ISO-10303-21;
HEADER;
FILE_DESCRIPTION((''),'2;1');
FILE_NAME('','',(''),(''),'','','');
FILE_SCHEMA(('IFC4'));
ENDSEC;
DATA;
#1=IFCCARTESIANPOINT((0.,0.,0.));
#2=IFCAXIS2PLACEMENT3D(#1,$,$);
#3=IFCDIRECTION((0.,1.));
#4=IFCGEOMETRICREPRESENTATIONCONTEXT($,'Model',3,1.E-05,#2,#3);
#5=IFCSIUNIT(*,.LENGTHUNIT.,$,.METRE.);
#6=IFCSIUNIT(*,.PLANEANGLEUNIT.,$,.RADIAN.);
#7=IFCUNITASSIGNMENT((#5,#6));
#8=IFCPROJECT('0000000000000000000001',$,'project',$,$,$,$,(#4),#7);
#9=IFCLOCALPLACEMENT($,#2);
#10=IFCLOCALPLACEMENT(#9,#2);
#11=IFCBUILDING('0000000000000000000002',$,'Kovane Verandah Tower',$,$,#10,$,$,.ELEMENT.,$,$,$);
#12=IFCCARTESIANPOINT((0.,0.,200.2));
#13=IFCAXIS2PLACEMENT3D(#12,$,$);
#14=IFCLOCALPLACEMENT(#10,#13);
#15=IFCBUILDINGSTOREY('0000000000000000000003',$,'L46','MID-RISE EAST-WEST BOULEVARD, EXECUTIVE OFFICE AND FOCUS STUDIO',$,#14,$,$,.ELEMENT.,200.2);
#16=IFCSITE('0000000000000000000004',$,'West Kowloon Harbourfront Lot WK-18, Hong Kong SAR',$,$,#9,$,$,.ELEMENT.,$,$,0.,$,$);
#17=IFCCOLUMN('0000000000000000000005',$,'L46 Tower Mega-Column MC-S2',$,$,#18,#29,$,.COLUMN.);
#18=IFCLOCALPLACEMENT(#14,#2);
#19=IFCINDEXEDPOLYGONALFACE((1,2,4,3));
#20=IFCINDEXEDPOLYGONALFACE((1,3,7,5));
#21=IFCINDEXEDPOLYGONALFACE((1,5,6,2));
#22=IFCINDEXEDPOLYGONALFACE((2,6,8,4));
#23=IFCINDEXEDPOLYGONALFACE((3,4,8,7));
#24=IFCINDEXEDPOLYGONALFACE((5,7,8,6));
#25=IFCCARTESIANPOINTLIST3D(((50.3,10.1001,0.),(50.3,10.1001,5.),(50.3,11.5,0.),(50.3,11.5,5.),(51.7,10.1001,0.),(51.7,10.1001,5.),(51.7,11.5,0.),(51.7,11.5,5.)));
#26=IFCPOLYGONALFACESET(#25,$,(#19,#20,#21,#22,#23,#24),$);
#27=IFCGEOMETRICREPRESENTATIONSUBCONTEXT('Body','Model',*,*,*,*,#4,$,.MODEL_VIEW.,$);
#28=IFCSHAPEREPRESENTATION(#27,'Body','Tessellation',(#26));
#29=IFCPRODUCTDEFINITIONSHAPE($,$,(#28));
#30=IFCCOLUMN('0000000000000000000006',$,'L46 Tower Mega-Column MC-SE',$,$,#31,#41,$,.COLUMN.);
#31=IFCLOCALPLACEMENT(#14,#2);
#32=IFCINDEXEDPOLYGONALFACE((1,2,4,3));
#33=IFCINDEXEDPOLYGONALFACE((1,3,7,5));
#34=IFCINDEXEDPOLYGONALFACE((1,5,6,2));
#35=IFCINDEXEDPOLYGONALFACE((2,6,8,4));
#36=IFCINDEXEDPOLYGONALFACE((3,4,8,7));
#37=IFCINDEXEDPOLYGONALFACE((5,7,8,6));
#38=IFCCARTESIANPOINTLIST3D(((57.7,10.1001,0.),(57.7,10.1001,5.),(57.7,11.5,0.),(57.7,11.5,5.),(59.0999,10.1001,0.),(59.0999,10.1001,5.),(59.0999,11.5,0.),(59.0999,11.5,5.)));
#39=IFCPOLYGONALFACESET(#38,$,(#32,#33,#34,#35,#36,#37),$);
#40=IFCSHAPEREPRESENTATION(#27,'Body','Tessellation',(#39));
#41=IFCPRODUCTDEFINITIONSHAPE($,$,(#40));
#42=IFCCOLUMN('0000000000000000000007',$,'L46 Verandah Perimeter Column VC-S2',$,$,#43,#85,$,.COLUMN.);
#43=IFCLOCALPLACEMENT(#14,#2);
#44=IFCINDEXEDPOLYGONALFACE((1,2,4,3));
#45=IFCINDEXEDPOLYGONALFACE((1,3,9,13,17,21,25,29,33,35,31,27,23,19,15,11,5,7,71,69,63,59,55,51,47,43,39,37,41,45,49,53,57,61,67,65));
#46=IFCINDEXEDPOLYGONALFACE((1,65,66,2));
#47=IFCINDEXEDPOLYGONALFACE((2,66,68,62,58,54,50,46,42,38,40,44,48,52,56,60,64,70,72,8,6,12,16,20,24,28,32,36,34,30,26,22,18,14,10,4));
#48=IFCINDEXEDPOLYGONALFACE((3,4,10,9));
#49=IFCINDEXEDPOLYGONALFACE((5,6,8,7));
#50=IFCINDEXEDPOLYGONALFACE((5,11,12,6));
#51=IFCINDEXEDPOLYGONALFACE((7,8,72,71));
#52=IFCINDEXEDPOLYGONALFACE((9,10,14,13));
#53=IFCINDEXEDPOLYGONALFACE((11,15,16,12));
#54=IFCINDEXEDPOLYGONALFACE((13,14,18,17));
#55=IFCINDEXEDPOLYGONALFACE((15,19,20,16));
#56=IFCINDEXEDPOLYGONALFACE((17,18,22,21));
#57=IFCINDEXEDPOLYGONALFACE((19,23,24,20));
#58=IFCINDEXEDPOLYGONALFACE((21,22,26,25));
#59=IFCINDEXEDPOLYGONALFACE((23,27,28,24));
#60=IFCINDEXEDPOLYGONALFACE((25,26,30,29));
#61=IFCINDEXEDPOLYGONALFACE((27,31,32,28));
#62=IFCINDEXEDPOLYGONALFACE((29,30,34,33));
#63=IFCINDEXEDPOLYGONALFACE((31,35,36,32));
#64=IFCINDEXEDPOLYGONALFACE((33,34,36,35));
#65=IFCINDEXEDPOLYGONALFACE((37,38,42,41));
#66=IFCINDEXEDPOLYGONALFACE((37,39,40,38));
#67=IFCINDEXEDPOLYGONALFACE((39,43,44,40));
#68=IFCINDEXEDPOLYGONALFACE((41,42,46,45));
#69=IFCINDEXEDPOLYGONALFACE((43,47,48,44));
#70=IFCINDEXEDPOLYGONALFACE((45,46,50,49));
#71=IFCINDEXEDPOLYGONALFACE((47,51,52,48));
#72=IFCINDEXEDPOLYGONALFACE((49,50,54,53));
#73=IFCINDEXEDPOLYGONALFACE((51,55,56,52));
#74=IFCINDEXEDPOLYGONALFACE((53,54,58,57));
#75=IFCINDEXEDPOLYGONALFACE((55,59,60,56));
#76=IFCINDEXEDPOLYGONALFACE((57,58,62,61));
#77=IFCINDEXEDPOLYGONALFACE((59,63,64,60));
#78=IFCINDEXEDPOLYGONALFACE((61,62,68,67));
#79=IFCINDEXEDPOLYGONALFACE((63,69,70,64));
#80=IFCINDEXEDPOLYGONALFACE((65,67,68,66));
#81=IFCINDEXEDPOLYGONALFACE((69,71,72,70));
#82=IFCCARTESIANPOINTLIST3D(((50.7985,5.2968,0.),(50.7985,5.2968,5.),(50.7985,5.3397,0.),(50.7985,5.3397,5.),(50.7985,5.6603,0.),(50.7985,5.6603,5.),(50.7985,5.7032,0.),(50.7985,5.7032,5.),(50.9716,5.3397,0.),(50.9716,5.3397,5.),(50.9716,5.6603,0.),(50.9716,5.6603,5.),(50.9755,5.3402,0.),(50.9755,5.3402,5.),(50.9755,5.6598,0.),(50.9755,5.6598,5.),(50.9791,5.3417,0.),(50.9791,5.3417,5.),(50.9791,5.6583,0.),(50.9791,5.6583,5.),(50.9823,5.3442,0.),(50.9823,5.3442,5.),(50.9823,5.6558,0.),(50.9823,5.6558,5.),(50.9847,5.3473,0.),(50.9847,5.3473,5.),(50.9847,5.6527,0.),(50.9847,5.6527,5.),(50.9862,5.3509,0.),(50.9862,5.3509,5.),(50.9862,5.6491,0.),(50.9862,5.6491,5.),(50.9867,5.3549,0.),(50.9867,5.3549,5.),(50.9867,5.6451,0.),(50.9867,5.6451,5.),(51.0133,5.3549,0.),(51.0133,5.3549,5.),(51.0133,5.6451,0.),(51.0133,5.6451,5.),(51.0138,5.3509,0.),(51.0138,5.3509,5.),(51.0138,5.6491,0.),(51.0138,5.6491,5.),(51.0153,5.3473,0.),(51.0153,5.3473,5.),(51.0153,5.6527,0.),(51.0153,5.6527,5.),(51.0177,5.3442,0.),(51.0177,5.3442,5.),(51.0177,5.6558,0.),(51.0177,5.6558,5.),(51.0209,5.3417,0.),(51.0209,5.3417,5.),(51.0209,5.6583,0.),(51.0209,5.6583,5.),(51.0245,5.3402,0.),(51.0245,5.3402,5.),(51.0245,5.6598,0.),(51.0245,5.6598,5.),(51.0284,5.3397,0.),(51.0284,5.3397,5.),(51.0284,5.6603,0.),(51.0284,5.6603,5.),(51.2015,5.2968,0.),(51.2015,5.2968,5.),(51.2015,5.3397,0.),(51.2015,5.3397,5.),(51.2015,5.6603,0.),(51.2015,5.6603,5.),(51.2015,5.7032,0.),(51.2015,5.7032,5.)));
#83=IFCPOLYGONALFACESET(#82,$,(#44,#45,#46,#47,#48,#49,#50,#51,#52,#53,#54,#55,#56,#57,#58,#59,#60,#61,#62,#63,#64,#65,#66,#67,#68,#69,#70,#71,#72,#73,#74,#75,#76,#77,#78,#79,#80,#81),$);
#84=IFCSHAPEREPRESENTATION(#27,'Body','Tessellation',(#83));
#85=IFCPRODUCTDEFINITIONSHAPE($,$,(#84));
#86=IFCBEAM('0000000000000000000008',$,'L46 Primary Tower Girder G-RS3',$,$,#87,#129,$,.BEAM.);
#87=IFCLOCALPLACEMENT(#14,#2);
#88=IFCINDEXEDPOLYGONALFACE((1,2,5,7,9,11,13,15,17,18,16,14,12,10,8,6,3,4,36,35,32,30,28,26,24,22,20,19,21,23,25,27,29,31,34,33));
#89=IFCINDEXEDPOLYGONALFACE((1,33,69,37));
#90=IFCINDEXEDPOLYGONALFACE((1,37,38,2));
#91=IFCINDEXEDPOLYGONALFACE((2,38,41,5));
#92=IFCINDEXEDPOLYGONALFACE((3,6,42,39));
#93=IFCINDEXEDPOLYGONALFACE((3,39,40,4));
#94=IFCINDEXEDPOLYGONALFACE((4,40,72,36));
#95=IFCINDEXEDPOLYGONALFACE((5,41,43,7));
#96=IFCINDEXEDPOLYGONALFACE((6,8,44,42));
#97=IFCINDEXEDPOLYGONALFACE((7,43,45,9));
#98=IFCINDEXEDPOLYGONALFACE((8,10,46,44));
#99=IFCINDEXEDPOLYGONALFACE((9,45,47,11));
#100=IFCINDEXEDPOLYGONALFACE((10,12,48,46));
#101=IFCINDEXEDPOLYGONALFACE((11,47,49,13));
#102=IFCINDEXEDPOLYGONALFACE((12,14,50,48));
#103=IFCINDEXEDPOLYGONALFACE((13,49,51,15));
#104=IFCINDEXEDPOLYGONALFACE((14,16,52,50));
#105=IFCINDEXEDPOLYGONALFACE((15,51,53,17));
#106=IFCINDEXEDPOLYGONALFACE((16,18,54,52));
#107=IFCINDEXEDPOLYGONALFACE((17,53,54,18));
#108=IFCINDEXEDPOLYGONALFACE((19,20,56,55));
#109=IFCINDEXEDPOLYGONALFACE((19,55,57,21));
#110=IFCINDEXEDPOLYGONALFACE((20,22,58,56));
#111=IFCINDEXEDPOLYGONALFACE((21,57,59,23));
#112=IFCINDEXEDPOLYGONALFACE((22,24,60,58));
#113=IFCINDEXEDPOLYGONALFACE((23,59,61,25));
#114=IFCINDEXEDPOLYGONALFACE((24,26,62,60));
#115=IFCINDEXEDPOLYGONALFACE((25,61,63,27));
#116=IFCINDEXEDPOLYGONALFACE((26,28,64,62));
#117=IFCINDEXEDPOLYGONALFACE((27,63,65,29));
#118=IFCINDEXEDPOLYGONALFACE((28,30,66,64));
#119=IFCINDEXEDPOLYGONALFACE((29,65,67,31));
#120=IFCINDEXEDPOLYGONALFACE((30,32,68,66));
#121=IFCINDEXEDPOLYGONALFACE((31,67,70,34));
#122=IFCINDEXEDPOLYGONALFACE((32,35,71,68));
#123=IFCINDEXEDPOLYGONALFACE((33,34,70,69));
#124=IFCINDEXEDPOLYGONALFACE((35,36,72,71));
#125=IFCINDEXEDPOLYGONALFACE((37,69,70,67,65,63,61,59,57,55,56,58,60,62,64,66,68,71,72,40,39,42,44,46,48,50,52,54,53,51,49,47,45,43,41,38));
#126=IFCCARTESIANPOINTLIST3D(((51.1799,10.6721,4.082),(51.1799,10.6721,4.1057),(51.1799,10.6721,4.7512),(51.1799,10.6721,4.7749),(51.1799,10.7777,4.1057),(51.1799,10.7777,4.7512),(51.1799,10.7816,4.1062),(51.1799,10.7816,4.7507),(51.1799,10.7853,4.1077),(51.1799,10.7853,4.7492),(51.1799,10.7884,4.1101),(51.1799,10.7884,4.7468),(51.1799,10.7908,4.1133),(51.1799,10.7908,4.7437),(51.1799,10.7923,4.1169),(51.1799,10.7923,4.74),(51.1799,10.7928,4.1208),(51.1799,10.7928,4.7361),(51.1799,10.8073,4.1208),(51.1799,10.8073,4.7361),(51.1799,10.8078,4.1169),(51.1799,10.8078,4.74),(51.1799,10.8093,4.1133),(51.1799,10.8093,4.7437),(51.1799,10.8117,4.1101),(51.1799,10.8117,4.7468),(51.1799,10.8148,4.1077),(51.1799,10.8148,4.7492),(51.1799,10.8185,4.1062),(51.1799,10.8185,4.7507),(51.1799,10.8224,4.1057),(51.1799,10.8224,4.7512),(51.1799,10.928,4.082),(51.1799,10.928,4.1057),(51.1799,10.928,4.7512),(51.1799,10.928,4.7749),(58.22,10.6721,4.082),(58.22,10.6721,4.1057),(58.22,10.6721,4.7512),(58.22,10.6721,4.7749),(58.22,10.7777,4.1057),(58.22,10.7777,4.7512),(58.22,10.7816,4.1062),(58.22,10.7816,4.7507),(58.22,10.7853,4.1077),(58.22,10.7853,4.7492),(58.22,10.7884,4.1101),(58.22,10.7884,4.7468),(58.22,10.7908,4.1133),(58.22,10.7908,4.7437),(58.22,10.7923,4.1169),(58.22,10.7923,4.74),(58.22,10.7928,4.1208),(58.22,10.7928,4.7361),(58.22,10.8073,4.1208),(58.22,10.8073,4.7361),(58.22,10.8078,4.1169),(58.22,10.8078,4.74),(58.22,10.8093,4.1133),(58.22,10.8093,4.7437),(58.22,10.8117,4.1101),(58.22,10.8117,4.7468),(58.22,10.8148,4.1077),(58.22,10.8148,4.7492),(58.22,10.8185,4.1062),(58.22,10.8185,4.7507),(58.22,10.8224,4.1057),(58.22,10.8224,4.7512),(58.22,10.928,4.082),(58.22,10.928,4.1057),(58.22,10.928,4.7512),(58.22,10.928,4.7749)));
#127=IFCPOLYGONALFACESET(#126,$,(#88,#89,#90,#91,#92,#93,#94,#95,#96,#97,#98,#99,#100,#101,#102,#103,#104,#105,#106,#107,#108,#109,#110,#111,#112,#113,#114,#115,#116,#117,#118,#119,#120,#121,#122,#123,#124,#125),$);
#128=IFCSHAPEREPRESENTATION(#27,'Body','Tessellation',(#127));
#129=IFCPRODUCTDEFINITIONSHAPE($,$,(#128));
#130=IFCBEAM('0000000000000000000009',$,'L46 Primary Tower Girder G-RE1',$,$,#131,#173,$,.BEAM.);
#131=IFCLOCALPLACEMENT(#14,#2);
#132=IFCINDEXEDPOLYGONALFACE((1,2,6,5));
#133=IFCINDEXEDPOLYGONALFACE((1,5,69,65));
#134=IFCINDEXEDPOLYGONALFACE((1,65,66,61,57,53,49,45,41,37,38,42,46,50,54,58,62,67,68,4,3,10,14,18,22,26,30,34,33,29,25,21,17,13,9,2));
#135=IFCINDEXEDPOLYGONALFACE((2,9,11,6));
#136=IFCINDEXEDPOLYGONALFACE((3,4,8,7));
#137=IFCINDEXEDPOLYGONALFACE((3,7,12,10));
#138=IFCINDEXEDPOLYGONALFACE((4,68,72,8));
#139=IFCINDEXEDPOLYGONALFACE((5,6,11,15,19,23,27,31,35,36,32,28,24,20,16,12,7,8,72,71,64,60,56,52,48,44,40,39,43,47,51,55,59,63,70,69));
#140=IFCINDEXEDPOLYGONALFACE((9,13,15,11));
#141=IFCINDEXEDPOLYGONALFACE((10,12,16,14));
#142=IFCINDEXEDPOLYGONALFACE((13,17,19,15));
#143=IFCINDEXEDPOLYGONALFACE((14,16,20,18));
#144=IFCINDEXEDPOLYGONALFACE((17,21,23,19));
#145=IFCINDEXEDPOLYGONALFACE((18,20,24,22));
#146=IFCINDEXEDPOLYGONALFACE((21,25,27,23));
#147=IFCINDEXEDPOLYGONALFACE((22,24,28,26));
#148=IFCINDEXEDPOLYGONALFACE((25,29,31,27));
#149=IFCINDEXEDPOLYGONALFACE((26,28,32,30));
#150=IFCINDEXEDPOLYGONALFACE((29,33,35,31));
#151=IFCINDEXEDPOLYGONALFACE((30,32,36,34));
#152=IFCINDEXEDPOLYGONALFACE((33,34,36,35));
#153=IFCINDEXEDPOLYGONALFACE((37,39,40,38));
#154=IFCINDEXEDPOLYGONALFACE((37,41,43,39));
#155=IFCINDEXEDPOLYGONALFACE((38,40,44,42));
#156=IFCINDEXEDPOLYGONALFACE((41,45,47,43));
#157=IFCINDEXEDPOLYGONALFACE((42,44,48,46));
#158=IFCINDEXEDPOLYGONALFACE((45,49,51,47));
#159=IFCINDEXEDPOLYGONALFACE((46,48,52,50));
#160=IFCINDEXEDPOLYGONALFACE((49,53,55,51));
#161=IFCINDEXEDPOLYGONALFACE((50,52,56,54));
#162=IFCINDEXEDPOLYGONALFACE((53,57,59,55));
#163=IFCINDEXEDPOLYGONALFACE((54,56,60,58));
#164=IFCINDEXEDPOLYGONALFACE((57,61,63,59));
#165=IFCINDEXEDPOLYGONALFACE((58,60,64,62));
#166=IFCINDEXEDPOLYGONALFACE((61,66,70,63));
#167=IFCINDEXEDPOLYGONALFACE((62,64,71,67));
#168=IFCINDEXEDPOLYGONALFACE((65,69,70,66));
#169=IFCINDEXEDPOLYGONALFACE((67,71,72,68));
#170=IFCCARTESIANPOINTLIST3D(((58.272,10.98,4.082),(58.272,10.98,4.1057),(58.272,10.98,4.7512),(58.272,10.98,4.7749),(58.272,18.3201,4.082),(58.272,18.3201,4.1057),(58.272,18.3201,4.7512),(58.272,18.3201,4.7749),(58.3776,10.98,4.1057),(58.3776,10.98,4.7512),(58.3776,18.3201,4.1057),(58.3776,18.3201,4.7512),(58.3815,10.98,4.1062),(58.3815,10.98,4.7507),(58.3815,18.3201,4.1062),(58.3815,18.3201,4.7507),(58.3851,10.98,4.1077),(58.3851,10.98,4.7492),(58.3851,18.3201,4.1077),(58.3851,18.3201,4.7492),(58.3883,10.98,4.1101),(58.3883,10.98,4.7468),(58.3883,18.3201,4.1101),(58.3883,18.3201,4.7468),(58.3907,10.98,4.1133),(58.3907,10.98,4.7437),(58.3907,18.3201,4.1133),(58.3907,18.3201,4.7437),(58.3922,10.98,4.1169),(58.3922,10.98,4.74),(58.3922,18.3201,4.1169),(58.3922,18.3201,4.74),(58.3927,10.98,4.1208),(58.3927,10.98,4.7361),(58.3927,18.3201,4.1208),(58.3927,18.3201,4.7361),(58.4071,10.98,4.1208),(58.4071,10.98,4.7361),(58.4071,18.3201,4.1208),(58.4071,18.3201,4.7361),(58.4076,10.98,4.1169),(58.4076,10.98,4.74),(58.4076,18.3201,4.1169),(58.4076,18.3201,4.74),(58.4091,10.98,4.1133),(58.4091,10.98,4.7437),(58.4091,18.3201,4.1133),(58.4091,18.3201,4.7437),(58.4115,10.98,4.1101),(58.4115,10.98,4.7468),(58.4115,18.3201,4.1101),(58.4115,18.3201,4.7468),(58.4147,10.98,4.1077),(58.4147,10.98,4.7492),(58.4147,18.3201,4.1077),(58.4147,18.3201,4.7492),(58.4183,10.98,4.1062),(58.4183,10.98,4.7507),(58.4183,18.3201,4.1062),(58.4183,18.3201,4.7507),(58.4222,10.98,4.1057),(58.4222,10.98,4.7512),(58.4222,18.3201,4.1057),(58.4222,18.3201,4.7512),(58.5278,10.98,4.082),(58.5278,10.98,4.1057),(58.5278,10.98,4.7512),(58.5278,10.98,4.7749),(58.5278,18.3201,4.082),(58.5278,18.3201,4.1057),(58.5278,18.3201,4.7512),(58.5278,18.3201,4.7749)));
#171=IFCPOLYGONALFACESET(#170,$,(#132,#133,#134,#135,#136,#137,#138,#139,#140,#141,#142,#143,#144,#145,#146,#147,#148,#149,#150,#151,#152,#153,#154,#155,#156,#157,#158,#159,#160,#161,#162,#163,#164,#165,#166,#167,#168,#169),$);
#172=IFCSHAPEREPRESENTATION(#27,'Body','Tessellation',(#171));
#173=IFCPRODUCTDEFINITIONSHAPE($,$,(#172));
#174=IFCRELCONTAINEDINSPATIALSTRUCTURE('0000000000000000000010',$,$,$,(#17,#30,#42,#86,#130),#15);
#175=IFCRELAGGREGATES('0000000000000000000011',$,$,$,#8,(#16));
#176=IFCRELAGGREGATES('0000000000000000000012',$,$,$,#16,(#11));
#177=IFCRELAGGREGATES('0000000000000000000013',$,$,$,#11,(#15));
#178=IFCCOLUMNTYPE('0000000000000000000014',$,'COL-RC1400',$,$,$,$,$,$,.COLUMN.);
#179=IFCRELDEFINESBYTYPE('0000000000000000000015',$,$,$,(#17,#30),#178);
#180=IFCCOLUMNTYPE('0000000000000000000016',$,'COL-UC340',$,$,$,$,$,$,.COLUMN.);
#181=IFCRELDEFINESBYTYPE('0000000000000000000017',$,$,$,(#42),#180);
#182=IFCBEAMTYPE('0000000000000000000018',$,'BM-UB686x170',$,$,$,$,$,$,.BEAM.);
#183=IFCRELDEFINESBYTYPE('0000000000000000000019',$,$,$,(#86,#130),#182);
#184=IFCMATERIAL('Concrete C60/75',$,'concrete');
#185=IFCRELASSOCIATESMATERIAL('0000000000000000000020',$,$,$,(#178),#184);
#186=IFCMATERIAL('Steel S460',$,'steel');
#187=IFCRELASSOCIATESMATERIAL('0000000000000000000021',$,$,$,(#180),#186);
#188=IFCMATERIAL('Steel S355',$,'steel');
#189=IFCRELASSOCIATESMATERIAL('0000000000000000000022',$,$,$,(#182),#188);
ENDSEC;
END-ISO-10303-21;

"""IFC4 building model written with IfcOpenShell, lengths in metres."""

from ifc_helpers import new_model, si_unit, direction, frame, origin, origin_2d, place, context, subcontext, project, spatial, rectangle, i_section, extrude, material, material_profile, profile_set, type_object, element, save


model = new_model("IFC4")

# Units and contexts
model_context = context("Model", 3, precision=1e-05, world=origin(), true_north=direction((0.0, 1.0)))
body_context = subcontext(model_context, "Body", "Model", "MODEL_VIEW")
ifc_project = project(units=[si_unit("LENGTHUNIT", "METRE"), si_unit("PLANEANGLEUNIT", "RADIAN")], contexts=[model_context])

# Site, building, storey
site_placement = place(None, origin())
site = spatial("IfcSite", under=ifc_project, at=site_placement, Name="West Kowloon Harbourfront Lot WK-18, Hong Kong SAR", CompositionType="ELEMENT", RefElevation=0.0)
building_placement = place(site_placement, origin())
building = spatial("IfcBuilding", under=site, at=building_placement, Name="Kovane Verandah Tower", CompositionType="ELEMENT")
storey_placement = place(building_placement, frame((0.0, 0.0, 200.2)))
storey = spatial("IfcBuildingStorey", under=building, at=storey_placement, Name="L46", Description="MID-RISE EAST-WEST BOULEVARD, EXECUTIVE OFFICE AND FOCUS STUDIO", CompositionType="ELEMENT", Elevation=200.2)

# Columns
ifc_material_1 = material(Name="Concrete C60/75", Category="concrete")
ifc_material_profile_1 = material_profile(ifc_material_1, rectangle(XDim=1.3999, YDim=1.3999, at=origin_2d()), Name="RC1400x1400")
ifc_profile_set_1 = profile_set([ifc_material_profile_1], Name="Concrete C60/75")
column_type_1 = type_object("IfcColumnType", Name="COL-RC1400", PredefinedType="COLUMN", material=ifc_profile_set_1)
for number, where, z_axis, x_axis, name in (
    (1, (51.0, 10.8, 0.0), (0.0, 0.0, 1.0), (1.0, 0.0, 0.0), "L46 Tower Mega-Column MC-S2"),
    (2, (58.3999, 10.8, 0.0), (0.0, 0.0, 1.0), (1.0, 0.0, 0.0), "L46 Tower Mega-Column MC-SE"),
):
    element("IfcColumn", number, at=place(storey_placement, frame(where, z_axis=z_axis, x_axis=x_axis)), inside=storey, type_object=column_type_1, Name=name, PredefinedType="COLUMN", context=body_context, shape_type="SweptSolid", body=[
        extrude(rectangle(XDim=1.3999, YDim=1.3999, at=origin_2d()), origin(), (0.0, 0.0, 1.0), 5.0),
    ])
ifc_material_2 = material(Name="Steel S460", Category="steel")
ifc_material_profile_2 = material_profile(ifc_material_2, i_section(OverallWidth=0.4031, OverallDepth=0.4065, WebThickness=0.0266, FlangeThickness=0.043, FilletRadius=0.0151, at=origin_2d()), Name="UC356x406x340")
ifc_profile_set_2 = profile_set([ifc_material_profile_2], Name="Steel S460")
column_type_2 = type_object("IfcColumnType", Name="COL-UC340", PredefinedType="COLUMN", material=ifc_profile_set_2)
column_placement = place(storey_placement, frame((51.0, 5.5, 0.0), z_axis=(0.0, 0.0, 1.0), x_axis=(1.0, 0.0, 0.0)))
element("IfcColumn", 3, at=column_placement, inside=storey, type_object=column_type_2, Name="L46 Verandah Perimeter Column VC-S2", PredefinedType="COLUMN", context=body_context, shape_type="SweptSolid", body=[
    extrude(i_section(OverallWidth=0.4031, OverallDepth=0.4065, WebThickness=0.0266, FlangeThickness=0.043, FilletRadius=0.0151, at=origin_2d()), origin(), (0.0, 0.0, 1.0), 5.0),
])

# Beams
ifc_material_3 = material(Name="Steel S355", Category="steel")
ifc_material_profile_3 = material_profile(ifc_material_3, i_section(OverallWidth=0.2559, OverallDepth=0.6929, WebThickness=0.0144, FlangeThickness=0.0237, FilletRadius=0.0151, at=origin_2d()), Name="UB686x254x170")
ifc_profile_set_3 = profile_set([ifc_material_profile_3], Name="Steel S355")
beam_type_1 = type_object("IfcBeamType", Name="BM-UB686x170", PredefinedType="BEAM", material=ifc_profile_set_3)
beam_1_placement = place(storey_placement, frame((51.1799, 10.8, 4.4285), z_axis=(1.0, 0.0, 0.0), x_axis=(0.0, 1.0, 0.0)))
element("IfcBeam", 4, at=beam_1_placement, inside=storey, type_object=beam_type_1, Name="L46 Primary Tower Girder G-RS3", PredefinedType="BEAM", context=body_context, shape_type="SweptSolid", body=[
    extrude(i_section(OverallWidth=0.2559, OverallDepth=0.6929, WebThickness=0.0144, FlangeThickness=0.0237, FilletRadius=0.0151, at=origin_2d()), origin(), (0.0, 0.0, 1.0), 7.04),
])
beam_2_placement = place(storey_placement, frame((58.3999, 10.98, 4.4285), z_axis=(0.0, 1.0, 0.0), x_axis=(-1.0, 0.0, 0.0)))
element("IfcBeam", 5, at=beam_2_placement, inside=storey, type_object=beam_type_1, Name="L46 Primary Tower Girder G-RE1", PredefinedType="BEAM", context=body_context, shape_type="SweptSolid", body=[
    extrude(i_section(OverallWidth=0.2559, OverallDepth=0.6929, WebThickness=0.0144, FlangeThickness=0.0237, FilletRadius=0.0151, at=origin_2d()), origin(), (0.0, 0.0, 1.0), 7.3401),
])

save(model, "model.ifc")
